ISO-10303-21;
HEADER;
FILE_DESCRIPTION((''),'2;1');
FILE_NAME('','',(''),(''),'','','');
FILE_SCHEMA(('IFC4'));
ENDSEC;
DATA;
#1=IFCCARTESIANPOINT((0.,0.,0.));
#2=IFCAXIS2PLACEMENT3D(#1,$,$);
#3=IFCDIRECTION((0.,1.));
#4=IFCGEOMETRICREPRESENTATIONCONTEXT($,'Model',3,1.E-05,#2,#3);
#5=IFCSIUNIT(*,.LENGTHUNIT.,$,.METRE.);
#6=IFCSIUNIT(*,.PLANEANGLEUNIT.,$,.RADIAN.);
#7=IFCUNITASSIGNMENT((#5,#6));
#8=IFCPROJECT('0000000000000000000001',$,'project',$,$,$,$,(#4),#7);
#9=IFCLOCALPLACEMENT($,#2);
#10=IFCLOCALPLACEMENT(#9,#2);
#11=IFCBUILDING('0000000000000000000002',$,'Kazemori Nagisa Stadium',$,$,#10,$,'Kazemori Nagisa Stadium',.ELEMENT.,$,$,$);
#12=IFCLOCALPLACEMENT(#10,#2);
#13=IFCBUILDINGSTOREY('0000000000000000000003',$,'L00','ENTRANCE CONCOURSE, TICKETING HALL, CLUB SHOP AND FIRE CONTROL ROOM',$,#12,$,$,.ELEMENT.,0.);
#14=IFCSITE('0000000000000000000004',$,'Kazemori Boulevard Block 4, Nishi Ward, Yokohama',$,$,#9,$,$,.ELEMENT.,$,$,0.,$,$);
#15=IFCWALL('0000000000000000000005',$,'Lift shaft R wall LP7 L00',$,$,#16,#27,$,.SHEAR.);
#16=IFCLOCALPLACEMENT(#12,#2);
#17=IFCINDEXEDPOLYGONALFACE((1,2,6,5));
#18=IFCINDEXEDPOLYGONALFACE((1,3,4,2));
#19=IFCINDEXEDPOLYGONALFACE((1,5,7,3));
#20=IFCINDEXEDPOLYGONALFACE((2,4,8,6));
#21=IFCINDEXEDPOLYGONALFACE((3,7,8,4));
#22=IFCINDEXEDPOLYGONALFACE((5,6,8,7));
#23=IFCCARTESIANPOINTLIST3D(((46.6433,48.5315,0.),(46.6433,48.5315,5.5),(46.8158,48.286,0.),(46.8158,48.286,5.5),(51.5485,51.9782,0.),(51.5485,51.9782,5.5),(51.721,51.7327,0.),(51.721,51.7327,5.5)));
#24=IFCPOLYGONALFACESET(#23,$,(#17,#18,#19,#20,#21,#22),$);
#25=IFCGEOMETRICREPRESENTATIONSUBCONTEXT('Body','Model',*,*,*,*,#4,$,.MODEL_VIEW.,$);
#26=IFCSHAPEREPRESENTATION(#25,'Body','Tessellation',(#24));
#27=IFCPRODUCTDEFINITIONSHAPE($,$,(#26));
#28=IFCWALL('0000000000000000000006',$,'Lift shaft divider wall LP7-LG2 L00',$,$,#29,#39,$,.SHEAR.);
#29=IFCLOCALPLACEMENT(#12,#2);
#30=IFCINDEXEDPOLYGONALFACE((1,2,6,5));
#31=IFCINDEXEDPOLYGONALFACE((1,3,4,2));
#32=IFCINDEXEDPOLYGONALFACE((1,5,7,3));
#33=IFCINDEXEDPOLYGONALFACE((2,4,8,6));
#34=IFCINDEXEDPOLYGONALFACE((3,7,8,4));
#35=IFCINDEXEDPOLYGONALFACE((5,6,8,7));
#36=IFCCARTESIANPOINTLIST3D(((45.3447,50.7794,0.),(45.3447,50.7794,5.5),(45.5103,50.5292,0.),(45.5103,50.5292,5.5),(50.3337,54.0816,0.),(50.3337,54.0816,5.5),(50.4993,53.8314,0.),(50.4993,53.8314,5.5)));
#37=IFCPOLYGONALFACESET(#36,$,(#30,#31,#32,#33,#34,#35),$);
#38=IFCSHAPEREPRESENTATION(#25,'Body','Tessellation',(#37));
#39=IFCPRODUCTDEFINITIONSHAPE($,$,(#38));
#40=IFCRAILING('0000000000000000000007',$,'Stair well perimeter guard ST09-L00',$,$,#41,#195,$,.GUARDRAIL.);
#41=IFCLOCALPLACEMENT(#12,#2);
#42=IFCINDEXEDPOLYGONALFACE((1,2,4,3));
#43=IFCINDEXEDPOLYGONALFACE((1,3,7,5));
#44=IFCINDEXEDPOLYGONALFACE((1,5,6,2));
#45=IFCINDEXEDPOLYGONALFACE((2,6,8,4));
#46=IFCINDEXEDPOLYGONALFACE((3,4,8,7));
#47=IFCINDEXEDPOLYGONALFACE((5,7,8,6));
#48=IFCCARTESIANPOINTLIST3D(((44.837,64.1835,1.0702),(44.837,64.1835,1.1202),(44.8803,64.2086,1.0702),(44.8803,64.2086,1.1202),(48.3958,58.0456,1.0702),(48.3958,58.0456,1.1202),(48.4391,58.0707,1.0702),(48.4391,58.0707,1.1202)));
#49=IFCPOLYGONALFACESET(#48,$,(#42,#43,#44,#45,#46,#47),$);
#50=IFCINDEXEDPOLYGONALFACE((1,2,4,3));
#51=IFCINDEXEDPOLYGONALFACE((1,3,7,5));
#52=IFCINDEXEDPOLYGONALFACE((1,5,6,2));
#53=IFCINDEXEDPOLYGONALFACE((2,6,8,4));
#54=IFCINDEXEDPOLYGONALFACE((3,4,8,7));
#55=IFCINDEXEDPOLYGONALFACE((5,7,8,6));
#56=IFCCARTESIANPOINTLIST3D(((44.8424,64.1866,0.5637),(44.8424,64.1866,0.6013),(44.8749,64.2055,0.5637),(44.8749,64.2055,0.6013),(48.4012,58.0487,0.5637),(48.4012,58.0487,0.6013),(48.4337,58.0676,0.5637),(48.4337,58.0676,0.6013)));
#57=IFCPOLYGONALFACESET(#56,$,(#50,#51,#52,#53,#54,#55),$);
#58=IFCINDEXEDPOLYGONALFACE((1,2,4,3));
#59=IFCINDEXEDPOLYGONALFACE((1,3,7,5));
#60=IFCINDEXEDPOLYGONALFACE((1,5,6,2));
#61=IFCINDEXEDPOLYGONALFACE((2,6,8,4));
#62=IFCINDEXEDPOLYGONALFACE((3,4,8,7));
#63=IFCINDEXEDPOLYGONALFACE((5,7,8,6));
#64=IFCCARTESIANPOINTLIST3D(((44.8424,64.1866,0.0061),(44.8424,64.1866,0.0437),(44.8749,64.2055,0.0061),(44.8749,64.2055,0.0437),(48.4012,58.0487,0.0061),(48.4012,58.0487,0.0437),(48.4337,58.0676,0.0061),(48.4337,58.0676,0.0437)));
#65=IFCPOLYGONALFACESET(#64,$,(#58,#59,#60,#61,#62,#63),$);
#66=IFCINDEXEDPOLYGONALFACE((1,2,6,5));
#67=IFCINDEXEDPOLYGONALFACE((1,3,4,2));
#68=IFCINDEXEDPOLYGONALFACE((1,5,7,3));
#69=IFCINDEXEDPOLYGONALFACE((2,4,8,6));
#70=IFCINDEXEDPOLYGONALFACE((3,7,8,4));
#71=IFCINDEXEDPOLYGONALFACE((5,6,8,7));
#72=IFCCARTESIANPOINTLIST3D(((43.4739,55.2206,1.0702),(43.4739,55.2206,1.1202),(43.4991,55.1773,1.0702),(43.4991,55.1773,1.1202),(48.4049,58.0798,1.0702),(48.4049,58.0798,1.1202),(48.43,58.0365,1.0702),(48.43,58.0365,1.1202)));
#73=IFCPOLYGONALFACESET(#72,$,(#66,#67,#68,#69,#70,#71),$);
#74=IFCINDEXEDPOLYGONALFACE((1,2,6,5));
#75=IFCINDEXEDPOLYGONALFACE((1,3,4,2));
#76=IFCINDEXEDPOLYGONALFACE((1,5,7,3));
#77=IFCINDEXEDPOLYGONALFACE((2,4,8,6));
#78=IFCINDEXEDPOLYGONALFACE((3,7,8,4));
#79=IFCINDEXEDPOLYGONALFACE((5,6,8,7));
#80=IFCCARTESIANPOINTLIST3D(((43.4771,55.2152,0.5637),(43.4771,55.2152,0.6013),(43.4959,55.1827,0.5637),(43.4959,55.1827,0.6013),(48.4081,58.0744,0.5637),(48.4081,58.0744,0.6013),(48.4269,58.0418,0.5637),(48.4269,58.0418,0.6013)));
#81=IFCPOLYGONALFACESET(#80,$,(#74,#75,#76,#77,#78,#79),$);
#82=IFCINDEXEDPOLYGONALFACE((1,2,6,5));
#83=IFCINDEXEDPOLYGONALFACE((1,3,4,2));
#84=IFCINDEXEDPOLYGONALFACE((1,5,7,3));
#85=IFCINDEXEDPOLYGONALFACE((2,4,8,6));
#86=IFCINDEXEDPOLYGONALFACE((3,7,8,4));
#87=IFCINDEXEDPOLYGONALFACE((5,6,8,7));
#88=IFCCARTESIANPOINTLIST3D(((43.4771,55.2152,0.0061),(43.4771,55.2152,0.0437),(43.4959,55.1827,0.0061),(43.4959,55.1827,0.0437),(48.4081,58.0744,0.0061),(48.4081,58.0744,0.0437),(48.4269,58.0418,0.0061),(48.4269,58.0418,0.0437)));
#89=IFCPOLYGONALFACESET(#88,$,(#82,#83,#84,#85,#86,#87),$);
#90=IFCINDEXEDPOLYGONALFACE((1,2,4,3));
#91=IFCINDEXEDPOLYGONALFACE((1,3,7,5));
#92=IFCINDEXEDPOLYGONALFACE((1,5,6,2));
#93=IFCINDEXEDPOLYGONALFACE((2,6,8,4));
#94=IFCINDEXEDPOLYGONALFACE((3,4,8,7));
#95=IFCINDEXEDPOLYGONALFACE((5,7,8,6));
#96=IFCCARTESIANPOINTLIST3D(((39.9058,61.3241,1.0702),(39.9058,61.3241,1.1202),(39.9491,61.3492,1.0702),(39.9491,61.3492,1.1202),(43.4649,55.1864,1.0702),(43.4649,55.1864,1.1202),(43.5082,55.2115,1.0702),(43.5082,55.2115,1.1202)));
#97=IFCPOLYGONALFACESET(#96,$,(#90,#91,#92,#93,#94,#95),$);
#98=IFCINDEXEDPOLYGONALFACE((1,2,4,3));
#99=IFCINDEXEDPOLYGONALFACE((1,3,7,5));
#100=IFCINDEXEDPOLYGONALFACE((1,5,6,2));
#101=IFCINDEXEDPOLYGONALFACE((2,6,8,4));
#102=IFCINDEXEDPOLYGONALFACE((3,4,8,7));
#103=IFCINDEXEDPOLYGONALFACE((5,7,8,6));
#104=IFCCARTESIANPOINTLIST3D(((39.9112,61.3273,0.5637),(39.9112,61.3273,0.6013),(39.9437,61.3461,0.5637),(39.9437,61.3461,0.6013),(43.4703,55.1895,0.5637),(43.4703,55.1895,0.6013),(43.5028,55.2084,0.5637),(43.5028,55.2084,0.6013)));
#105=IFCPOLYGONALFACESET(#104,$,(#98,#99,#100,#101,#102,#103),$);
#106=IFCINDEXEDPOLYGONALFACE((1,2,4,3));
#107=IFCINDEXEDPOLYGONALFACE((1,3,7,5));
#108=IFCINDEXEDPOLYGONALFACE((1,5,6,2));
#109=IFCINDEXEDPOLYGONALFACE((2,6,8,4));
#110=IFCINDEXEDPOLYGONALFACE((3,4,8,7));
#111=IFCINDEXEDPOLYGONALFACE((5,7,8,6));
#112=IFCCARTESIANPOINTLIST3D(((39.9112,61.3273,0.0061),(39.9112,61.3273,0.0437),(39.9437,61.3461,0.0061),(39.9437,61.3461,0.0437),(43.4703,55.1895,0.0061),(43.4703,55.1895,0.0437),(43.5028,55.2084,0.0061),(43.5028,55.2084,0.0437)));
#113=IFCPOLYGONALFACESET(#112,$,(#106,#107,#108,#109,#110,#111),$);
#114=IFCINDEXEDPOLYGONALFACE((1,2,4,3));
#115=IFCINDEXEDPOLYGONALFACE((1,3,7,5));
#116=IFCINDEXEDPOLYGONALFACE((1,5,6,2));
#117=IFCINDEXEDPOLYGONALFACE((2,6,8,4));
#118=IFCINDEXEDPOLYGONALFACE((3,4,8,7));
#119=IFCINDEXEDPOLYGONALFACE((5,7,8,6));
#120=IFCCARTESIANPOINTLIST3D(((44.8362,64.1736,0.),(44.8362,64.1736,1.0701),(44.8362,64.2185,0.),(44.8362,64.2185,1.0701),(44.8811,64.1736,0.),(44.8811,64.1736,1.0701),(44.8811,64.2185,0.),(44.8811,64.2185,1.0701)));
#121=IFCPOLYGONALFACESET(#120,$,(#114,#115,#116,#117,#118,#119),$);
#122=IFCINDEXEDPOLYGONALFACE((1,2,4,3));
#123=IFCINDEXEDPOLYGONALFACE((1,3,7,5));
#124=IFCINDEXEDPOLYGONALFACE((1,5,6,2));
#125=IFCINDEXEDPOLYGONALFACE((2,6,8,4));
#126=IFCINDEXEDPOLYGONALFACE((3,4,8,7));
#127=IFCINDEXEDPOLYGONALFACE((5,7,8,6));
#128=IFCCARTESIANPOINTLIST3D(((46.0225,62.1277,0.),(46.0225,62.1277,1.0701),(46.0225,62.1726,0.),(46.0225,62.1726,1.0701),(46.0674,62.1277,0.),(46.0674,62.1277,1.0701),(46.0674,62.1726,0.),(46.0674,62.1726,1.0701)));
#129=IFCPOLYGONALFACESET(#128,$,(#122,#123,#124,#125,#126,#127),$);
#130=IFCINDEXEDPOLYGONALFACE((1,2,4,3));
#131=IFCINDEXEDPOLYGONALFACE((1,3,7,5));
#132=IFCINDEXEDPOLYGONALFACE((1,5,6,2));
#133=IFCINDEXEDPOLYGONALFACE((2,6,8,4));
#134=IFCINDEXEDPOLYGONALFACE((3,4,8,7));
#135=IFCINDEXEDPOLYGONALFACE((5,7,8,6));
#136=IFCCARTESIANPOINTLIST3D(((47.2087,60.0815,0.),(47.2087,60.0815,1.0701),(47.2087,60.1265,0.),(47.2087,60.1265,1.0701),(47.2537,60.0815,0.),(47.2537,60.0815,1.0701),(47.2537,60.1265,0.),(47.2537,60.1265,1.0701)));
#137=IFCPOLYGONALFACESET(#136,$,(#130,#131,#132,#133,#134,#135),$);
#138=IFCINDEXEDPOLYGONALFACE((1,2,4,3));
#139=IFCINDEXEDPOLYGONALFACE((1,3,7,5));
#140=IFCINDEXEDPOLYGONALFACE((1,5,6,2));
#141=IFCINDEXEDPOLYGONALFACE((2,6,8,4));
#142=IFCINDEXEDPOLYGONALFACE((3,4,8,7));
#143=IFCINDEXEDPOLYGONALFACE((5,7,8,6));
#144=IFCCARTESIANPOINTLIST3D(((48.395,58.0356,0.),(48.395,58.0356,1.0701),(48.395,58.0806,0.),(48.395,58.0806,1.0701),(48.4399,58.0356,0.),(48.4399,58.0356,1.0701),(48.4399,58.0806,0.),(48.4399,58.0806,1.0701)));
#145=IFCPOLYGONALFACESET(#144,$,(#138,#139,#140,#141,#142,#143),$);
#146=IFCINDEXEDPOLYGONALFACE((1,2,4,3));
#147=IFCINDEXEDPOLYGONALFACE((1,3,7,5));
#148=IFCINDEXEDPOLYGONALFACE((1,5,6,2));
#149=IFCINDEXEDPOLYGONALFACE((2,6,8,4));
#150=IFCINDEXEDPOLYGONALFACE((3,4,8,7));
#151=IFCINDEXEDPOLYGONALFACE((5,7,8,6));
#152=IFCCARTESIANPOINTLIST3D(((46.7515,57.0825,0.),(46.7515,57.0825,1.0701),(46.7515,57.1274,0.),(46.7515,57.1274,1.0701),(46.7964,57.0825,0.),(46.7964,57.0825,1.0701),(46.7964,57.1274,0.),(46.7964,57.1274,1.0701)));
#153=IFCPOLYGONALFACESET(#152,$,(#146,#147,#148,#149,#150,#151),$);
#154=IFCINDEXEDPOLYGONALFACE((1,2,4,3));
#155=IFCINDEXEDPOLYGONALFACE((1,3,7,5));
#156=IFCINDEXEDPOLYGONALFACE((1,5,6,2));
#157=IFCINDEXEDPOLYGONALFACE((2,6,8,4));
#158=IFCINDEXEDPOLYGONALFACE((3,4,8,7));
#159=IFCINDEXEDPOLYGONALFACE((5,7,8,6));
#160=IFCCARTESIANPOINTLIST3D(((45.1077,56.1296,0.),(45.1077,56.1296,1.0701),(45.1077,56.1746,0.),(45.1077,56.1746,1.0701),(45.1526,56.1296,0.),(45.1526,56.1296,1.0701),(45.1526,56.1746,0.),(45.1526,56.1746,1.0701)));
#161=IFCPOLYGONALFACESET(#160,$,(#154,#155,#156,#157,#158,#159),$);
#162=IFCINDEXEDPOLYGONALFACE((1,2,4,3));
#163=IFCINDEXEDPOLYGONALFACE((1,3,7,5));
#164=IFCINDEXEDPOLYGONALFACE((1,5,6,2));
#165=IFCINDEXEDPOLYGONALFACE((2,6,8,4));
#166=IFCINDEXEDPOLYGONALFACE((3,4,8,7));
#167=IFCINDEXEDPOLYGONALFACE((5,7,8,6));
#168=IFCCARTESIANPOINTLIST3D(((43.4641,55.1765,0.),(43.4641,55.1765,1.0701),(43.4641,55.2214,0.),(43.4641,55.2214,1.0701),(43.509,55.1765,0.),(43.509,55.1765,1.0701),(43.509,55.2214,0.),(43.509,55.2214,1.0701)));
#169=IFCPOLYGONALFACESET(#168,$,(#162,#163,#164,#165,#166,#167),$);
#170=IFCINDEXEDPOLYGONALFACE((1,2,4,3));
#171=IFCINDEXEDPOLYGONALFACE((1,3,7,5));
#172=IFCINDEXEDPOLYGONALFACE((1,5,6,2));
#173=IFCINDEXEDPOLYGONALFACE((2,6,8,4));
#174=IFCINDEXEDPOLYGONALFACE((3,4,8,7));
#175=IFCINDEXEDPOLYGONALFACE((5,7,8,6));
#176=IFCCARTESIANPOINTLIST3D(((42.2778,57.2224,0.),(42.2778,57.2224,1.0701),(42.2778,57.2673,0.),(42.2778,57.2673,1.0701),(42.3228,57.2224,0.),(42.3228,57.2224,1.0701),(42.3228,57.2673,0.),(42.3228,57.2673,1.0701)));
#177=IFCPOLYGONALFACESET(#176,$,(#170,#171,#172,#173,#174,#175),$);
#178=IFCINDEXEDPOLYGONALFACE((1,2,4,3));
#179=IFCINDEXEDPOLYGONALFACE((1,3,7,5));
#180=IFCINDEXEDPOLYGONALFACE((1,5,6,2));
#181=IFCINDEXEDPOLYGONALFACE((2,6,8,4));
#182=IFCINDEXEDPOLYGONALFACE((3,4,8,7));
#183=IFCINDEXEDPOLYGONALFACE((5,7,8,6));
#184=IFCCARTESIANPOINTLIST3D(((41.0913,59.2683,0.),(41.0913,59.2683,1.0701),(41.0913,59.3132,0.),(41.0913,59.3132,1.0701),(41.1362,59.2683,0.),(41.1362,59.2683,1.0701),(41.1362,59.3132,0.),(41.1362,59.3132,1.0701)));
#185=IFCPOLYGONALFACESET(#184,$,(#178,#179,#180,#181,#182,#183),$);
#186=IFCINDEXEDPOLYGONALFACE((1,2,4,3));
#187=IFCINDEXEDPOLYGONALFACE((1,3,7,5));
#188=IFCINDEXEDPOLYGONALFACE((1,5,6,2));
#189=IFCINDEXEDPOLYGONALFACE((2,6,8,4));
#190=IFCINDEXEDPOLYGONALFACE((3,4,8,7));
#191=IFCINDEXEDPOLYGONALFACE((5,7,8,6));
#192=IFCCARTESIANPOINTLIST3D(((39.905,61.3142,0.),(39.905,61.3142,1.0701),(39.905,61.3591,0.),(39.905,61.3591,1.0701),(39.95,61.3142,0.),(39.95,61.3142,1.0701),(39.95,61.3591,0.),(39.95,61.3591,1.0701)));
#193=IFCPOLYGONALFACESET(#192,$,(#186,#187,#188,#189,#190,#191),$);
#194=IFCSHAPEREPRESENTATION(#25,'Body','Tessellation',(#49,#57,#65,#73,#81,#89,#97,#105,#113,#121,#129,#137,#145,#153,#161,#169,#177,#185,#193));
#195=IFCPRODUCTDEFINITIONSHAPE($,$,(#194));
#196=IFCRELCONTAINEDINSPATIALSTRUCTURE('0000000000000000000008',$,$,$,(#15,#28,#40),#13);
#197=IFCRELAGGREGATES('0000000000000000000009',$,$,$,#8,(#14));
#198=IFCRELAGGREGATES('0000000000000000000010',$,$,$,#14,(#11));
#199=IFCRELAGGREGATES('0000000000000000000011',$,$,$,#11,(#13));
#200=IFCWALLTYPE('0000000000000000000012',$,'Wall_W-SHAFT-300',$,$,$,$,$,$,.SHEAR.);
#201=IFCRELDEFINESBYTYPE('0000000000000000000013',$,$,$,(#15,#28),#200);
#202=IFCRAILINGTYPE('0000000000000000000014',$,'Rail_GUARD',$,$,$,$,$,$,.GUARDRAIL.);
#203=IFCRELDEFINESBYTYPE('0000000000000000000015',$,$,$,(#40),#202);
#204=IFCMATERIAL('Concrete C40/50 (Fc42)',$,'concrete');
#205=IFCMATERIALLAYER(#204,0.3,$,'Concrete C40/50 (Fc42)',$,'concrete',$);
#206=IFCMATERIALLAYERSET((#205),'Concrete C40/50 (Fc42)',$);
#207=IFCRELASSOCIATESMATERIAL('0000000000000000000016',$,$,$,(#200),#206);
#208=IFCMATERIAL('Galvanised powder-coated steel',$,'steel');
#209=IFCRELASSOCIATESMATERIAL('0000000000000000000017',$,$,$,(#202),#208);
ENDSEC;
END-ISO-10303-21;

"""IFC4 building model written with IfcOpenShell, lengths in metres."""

from ifc_helpers import new_model, si_unit, direction, frame, frame_2d, origin, origin_2d, place, context, subcontext, project, spatial, rectangle, extrude, material, layer, layer_set, type_object, element, save


model = new_model("IFC4")

# Units and contexts
model_context = context("Model", 3, precision=1e-05, world=origin(), true_north=direction((0.0, 1.0)))
body_context = subcontext(model_context, "Body", "Model", "MODEL_VIEW")
ifc_project = project(units=[si_unit("LENGTHUNIT", "METRE"), si_unit("PLANEANGLEUNIT", "RADIAN")], contexts=[model_context])

# Site, building, storey
site_placement = place(None, origin())
site = spatial("IfcSite", under=ifc_project, at=site_placement, Name="Kazemori Boulevard Block 4, Nishi Ward, Yokohama", CompositionType="ELEMENT", RefElevation=0.0)
building_placement = place(site_placement, origin())
building = spatial("IfcBuilding", under=site, at=building_placement, Name="Kazemori Nagisa Stadium", LongName="Kazemori Nagisa Stadium", CompositionType="ELEMENT")
storey_placement = place(building_placement, origin())
storey = spatial("IfcBuildingStorey", under=building, at=storey_placement, Name="L00", Description="ENTRANCE CONCOURSE, TICKETING HALL, CLUB SHOP AND FIRE CONTROL ROOM", CompositionType="ELEMENT", Elevation=0.0)

# Shared definitions
ifc_material_1 = material(Name="Concrete C40/50 (Fc42)", Category="concrete")

# Shared definitions
ifc_layer_1 = layer(ifc_material_1, 0.3, Name="Concrete C40/50 (Fc42)", Category="concrete")
ifc_layer_set_1 = layer_set([ifc_layer_1], Name="Concrete C40/50 (Fc42)")
wall_type_1 = type_object("IfcWallType", Name="Wall_W-SHAFT-300", PredefinedType="SHEAR", material=ifc_layer_set_1)

# Walls
wall_1_placement = place(storey_placement, frame((51.6348, 51.8555, 0.0), z_axis=(0.0, 0.0, 1.0), x_axis=(-0.818205, -0.574926, 0.0)))
element("IfcWall", 1, at=wall_1_placement, inside=storey, type_object=wall_type_1, Name="Lift shaft R wall LP7 L00", PredefinedType="SHEAR", context=body_context, shape_type="SweptSolid", body=[
    extrude(rectangle(XDim=5.9951, YDim=0.3, at=frame_2d((2.9976, 0.0))), origin(), (0.0, 0.0, 1.0), 5.5),
])
wall_2_placement = place(storey_placement, frame((50.4165, 53.9565, 0.0), z_axis=(0.0, 0.0, 1.0), x_axis=(-0.833879, -0.551947, 0.0)))
element("IfcWall", 2, at=wall_2_placement, inside=storey, type_object=wall_type_1, Name="Lift shaft divider wall LP7-LG2 L00", PredefinedType="SHEAR", context=body_context, shape_type="SweptSolid", body=[
    extrude(rectangle(XDim=5.9829, YDim=0.3, at=frame_2d((2.9915, 0.0))), origin(), (0.0, 0.0, 1.0), 5.5),
])

# Railing
ifc_material_2 = material(Name="Galvanised powder-coated steel", Category="steel")
railing_type_1 = type_object("IfcRailingType", Name="Rail_GUARD", PredefinedType="GUARDRAIL", material=ifc_material_2)
railing_1_placement = place(storey_placement, frame((44.8586, 64.196, 0.0)))
element("IfcRailing", 3, at=railing_1_placement, inside=storey, type_object=railing_type_1, Name="Stair well perimeter guard ST09-L00", PredefinedType="GUARDRAIL", context=body_context, shape_type="SweptSolid", body=[
    extrude(rectangle(XDim=0.05, YDim=0.05, at=origin_2d()), frame((0.0, 0.0, 1.0952), z_axis=(0.501595, -0.865103, 0.0), x_axis=(0.865103, 0.501595, 0.0)), (0.0, 0.0, 1.0), 7.095),
    extrude(rectangle(XDim=0.0376, YDim=0.0376, at=origin_2d()), frame((0.0, 0.0, 0.5825), z_axis=(0.501595, -0.865103, 0.0), x_axis=(0.865103, 0.501595, 0.0)), (0.0, 0.0, 1.0), 7.095),
    extrude(rectangle(XDim=0.0376, YDim=0.0376, at=origin_2d()), frame((0.0, 0.0, 0.0249), z_axis=(0.501595, -0.865103, 0.0), x_axis=(0.865103, 0.501595, 0.0)), (0.0, 0.0, 1.0), 7.095),
    extrude(rectangle(XDim=0.05, YDim=0.05, at=origin_2d()), frame((3.5588, -6.1379, 1.0952), z_axis=(-0.865092, -0.501614, 0.0), x_axis=(0.501614, -0.865092, 0.0)), (0.0, 0.0, 1.0), 5.7),
    extrude(rectangle(XDim=0.0376, YDim=0.0376, at=origin_2d()), frame((3.5588, -6.1379, 0.5825), z_axis=(-0.865092, -0.501614, 0.0), x_axis=(0.501614, -0.865092, 0.0)), (0.0, 0.0, 1.0), 5.7),
    extrude(rectangle(XDim=0.0376, YDim=0.0376, at=origin_2d()), frame((3.5588, -6.1379, 0.0249), z_axis=(-0.865092, -0.501614, 0.0), x_axis=(0.501614, -0.865092, 0.0)), (0.0, 0.0, 1.0), 5.7),
    extrude(rectangle(XDim=0.05, YDim=0.05, at=origin_2d()), frame((-1.3721, -8.9971, 1.0952), z_axis=(-0.501636, 0.865079, 0.0), x_axis=(-0.865079, -0.501636, 0.0)), (0.0, 0.0, 1.0), 7.095),
    extrude(rectangle(XDim=0.0376, YDim=0.0376, at=origin_2d()), frame((-1.3721, -8.9971, 0.5825), z_axis=(-0.501636, 0.865079, 0.0), x_axis=(-0.865079, -0.501636, 0.0)), (0.0, 0.0, 1.0), 7.095),
    extrude(rectangle(XDim=0.0376, YDim=0.0376, at=origin_2d()), frame((-1.3721, -8.9971, 0.0249), z_axis=(-0.501636, 0.865079, 0.0), x_axis=(-0.865079, -0.501636, 0.0)), (0.0, 0.0, 1.0), 7.095),
    extrude(rectangle(XDim=0.0449, YDim=0.0449, at=origin_2d()), origin(), (0.0, 0.0, 1.0), 1.0701),
    extrude(rectangle(XDim=0.0449, YDim=0.0449, at=origin_2d()), frame((1.1863, -2.0459, 0.0)), (0.0, 0.0, 1.0), 1.0701),
    extrude(rectangle(XDim=0.0449, YDim=0.0449, at=origin_2d()), frame((2.3726, -4.092, 0.0)), (0.0, 0.0, 1.0), 1.0701),
    extrude(rectangle(XDim=0.0449, YDim=0.0449, at=origin_2d()), frame((3.5588, -6.1379, 0.0)), (0.0, 0.0, 1.0), 1.0701),
    extrude(rectangle(XDim=0.0449, YDim=0.0449, at=origin_2d()), frame((1.9153, -7.0911, 0.0)), (0.0, 0.0, 1.0), 1.0701),
    extrude(rectangle(XDim=0.0449, YDim=0.0449, at=origin_2d()), frame((0.2715, -8.0439, 0.0)), (0.0, 0.0, 1.0), 1.0701),
    extrude(rectangle(XDim=0.0449, YDim=0.0449, at=origin_2d()), frame((-1.3721, -8.9971, 0.0)), (0.0, 0.0, 1.0), 1.0701),
    extrude(rectangle(XDim=0.0449, YDim=0.0449, at=origin_2d()), frame((-2.5583, -6.9512, 0.0)), (0.0, 0.0, 1.0), 1.0701),
    extrude(rectangle(XDim=0.0449, YDim=0.0449, at=origin_2d()), frame((-3.7449, -4.9053, 0.0)), (0.0, 0.0, 1.0), 1.0701),
    extrude(rectangle(XDim=0.0449, YDim=0.0449, at=origin_2d()), frame((-4.9312, -2.8594, 0.0)), (0.0, 0.0, 1.0), 1.0701),
])

save(model, "model.ifc")
